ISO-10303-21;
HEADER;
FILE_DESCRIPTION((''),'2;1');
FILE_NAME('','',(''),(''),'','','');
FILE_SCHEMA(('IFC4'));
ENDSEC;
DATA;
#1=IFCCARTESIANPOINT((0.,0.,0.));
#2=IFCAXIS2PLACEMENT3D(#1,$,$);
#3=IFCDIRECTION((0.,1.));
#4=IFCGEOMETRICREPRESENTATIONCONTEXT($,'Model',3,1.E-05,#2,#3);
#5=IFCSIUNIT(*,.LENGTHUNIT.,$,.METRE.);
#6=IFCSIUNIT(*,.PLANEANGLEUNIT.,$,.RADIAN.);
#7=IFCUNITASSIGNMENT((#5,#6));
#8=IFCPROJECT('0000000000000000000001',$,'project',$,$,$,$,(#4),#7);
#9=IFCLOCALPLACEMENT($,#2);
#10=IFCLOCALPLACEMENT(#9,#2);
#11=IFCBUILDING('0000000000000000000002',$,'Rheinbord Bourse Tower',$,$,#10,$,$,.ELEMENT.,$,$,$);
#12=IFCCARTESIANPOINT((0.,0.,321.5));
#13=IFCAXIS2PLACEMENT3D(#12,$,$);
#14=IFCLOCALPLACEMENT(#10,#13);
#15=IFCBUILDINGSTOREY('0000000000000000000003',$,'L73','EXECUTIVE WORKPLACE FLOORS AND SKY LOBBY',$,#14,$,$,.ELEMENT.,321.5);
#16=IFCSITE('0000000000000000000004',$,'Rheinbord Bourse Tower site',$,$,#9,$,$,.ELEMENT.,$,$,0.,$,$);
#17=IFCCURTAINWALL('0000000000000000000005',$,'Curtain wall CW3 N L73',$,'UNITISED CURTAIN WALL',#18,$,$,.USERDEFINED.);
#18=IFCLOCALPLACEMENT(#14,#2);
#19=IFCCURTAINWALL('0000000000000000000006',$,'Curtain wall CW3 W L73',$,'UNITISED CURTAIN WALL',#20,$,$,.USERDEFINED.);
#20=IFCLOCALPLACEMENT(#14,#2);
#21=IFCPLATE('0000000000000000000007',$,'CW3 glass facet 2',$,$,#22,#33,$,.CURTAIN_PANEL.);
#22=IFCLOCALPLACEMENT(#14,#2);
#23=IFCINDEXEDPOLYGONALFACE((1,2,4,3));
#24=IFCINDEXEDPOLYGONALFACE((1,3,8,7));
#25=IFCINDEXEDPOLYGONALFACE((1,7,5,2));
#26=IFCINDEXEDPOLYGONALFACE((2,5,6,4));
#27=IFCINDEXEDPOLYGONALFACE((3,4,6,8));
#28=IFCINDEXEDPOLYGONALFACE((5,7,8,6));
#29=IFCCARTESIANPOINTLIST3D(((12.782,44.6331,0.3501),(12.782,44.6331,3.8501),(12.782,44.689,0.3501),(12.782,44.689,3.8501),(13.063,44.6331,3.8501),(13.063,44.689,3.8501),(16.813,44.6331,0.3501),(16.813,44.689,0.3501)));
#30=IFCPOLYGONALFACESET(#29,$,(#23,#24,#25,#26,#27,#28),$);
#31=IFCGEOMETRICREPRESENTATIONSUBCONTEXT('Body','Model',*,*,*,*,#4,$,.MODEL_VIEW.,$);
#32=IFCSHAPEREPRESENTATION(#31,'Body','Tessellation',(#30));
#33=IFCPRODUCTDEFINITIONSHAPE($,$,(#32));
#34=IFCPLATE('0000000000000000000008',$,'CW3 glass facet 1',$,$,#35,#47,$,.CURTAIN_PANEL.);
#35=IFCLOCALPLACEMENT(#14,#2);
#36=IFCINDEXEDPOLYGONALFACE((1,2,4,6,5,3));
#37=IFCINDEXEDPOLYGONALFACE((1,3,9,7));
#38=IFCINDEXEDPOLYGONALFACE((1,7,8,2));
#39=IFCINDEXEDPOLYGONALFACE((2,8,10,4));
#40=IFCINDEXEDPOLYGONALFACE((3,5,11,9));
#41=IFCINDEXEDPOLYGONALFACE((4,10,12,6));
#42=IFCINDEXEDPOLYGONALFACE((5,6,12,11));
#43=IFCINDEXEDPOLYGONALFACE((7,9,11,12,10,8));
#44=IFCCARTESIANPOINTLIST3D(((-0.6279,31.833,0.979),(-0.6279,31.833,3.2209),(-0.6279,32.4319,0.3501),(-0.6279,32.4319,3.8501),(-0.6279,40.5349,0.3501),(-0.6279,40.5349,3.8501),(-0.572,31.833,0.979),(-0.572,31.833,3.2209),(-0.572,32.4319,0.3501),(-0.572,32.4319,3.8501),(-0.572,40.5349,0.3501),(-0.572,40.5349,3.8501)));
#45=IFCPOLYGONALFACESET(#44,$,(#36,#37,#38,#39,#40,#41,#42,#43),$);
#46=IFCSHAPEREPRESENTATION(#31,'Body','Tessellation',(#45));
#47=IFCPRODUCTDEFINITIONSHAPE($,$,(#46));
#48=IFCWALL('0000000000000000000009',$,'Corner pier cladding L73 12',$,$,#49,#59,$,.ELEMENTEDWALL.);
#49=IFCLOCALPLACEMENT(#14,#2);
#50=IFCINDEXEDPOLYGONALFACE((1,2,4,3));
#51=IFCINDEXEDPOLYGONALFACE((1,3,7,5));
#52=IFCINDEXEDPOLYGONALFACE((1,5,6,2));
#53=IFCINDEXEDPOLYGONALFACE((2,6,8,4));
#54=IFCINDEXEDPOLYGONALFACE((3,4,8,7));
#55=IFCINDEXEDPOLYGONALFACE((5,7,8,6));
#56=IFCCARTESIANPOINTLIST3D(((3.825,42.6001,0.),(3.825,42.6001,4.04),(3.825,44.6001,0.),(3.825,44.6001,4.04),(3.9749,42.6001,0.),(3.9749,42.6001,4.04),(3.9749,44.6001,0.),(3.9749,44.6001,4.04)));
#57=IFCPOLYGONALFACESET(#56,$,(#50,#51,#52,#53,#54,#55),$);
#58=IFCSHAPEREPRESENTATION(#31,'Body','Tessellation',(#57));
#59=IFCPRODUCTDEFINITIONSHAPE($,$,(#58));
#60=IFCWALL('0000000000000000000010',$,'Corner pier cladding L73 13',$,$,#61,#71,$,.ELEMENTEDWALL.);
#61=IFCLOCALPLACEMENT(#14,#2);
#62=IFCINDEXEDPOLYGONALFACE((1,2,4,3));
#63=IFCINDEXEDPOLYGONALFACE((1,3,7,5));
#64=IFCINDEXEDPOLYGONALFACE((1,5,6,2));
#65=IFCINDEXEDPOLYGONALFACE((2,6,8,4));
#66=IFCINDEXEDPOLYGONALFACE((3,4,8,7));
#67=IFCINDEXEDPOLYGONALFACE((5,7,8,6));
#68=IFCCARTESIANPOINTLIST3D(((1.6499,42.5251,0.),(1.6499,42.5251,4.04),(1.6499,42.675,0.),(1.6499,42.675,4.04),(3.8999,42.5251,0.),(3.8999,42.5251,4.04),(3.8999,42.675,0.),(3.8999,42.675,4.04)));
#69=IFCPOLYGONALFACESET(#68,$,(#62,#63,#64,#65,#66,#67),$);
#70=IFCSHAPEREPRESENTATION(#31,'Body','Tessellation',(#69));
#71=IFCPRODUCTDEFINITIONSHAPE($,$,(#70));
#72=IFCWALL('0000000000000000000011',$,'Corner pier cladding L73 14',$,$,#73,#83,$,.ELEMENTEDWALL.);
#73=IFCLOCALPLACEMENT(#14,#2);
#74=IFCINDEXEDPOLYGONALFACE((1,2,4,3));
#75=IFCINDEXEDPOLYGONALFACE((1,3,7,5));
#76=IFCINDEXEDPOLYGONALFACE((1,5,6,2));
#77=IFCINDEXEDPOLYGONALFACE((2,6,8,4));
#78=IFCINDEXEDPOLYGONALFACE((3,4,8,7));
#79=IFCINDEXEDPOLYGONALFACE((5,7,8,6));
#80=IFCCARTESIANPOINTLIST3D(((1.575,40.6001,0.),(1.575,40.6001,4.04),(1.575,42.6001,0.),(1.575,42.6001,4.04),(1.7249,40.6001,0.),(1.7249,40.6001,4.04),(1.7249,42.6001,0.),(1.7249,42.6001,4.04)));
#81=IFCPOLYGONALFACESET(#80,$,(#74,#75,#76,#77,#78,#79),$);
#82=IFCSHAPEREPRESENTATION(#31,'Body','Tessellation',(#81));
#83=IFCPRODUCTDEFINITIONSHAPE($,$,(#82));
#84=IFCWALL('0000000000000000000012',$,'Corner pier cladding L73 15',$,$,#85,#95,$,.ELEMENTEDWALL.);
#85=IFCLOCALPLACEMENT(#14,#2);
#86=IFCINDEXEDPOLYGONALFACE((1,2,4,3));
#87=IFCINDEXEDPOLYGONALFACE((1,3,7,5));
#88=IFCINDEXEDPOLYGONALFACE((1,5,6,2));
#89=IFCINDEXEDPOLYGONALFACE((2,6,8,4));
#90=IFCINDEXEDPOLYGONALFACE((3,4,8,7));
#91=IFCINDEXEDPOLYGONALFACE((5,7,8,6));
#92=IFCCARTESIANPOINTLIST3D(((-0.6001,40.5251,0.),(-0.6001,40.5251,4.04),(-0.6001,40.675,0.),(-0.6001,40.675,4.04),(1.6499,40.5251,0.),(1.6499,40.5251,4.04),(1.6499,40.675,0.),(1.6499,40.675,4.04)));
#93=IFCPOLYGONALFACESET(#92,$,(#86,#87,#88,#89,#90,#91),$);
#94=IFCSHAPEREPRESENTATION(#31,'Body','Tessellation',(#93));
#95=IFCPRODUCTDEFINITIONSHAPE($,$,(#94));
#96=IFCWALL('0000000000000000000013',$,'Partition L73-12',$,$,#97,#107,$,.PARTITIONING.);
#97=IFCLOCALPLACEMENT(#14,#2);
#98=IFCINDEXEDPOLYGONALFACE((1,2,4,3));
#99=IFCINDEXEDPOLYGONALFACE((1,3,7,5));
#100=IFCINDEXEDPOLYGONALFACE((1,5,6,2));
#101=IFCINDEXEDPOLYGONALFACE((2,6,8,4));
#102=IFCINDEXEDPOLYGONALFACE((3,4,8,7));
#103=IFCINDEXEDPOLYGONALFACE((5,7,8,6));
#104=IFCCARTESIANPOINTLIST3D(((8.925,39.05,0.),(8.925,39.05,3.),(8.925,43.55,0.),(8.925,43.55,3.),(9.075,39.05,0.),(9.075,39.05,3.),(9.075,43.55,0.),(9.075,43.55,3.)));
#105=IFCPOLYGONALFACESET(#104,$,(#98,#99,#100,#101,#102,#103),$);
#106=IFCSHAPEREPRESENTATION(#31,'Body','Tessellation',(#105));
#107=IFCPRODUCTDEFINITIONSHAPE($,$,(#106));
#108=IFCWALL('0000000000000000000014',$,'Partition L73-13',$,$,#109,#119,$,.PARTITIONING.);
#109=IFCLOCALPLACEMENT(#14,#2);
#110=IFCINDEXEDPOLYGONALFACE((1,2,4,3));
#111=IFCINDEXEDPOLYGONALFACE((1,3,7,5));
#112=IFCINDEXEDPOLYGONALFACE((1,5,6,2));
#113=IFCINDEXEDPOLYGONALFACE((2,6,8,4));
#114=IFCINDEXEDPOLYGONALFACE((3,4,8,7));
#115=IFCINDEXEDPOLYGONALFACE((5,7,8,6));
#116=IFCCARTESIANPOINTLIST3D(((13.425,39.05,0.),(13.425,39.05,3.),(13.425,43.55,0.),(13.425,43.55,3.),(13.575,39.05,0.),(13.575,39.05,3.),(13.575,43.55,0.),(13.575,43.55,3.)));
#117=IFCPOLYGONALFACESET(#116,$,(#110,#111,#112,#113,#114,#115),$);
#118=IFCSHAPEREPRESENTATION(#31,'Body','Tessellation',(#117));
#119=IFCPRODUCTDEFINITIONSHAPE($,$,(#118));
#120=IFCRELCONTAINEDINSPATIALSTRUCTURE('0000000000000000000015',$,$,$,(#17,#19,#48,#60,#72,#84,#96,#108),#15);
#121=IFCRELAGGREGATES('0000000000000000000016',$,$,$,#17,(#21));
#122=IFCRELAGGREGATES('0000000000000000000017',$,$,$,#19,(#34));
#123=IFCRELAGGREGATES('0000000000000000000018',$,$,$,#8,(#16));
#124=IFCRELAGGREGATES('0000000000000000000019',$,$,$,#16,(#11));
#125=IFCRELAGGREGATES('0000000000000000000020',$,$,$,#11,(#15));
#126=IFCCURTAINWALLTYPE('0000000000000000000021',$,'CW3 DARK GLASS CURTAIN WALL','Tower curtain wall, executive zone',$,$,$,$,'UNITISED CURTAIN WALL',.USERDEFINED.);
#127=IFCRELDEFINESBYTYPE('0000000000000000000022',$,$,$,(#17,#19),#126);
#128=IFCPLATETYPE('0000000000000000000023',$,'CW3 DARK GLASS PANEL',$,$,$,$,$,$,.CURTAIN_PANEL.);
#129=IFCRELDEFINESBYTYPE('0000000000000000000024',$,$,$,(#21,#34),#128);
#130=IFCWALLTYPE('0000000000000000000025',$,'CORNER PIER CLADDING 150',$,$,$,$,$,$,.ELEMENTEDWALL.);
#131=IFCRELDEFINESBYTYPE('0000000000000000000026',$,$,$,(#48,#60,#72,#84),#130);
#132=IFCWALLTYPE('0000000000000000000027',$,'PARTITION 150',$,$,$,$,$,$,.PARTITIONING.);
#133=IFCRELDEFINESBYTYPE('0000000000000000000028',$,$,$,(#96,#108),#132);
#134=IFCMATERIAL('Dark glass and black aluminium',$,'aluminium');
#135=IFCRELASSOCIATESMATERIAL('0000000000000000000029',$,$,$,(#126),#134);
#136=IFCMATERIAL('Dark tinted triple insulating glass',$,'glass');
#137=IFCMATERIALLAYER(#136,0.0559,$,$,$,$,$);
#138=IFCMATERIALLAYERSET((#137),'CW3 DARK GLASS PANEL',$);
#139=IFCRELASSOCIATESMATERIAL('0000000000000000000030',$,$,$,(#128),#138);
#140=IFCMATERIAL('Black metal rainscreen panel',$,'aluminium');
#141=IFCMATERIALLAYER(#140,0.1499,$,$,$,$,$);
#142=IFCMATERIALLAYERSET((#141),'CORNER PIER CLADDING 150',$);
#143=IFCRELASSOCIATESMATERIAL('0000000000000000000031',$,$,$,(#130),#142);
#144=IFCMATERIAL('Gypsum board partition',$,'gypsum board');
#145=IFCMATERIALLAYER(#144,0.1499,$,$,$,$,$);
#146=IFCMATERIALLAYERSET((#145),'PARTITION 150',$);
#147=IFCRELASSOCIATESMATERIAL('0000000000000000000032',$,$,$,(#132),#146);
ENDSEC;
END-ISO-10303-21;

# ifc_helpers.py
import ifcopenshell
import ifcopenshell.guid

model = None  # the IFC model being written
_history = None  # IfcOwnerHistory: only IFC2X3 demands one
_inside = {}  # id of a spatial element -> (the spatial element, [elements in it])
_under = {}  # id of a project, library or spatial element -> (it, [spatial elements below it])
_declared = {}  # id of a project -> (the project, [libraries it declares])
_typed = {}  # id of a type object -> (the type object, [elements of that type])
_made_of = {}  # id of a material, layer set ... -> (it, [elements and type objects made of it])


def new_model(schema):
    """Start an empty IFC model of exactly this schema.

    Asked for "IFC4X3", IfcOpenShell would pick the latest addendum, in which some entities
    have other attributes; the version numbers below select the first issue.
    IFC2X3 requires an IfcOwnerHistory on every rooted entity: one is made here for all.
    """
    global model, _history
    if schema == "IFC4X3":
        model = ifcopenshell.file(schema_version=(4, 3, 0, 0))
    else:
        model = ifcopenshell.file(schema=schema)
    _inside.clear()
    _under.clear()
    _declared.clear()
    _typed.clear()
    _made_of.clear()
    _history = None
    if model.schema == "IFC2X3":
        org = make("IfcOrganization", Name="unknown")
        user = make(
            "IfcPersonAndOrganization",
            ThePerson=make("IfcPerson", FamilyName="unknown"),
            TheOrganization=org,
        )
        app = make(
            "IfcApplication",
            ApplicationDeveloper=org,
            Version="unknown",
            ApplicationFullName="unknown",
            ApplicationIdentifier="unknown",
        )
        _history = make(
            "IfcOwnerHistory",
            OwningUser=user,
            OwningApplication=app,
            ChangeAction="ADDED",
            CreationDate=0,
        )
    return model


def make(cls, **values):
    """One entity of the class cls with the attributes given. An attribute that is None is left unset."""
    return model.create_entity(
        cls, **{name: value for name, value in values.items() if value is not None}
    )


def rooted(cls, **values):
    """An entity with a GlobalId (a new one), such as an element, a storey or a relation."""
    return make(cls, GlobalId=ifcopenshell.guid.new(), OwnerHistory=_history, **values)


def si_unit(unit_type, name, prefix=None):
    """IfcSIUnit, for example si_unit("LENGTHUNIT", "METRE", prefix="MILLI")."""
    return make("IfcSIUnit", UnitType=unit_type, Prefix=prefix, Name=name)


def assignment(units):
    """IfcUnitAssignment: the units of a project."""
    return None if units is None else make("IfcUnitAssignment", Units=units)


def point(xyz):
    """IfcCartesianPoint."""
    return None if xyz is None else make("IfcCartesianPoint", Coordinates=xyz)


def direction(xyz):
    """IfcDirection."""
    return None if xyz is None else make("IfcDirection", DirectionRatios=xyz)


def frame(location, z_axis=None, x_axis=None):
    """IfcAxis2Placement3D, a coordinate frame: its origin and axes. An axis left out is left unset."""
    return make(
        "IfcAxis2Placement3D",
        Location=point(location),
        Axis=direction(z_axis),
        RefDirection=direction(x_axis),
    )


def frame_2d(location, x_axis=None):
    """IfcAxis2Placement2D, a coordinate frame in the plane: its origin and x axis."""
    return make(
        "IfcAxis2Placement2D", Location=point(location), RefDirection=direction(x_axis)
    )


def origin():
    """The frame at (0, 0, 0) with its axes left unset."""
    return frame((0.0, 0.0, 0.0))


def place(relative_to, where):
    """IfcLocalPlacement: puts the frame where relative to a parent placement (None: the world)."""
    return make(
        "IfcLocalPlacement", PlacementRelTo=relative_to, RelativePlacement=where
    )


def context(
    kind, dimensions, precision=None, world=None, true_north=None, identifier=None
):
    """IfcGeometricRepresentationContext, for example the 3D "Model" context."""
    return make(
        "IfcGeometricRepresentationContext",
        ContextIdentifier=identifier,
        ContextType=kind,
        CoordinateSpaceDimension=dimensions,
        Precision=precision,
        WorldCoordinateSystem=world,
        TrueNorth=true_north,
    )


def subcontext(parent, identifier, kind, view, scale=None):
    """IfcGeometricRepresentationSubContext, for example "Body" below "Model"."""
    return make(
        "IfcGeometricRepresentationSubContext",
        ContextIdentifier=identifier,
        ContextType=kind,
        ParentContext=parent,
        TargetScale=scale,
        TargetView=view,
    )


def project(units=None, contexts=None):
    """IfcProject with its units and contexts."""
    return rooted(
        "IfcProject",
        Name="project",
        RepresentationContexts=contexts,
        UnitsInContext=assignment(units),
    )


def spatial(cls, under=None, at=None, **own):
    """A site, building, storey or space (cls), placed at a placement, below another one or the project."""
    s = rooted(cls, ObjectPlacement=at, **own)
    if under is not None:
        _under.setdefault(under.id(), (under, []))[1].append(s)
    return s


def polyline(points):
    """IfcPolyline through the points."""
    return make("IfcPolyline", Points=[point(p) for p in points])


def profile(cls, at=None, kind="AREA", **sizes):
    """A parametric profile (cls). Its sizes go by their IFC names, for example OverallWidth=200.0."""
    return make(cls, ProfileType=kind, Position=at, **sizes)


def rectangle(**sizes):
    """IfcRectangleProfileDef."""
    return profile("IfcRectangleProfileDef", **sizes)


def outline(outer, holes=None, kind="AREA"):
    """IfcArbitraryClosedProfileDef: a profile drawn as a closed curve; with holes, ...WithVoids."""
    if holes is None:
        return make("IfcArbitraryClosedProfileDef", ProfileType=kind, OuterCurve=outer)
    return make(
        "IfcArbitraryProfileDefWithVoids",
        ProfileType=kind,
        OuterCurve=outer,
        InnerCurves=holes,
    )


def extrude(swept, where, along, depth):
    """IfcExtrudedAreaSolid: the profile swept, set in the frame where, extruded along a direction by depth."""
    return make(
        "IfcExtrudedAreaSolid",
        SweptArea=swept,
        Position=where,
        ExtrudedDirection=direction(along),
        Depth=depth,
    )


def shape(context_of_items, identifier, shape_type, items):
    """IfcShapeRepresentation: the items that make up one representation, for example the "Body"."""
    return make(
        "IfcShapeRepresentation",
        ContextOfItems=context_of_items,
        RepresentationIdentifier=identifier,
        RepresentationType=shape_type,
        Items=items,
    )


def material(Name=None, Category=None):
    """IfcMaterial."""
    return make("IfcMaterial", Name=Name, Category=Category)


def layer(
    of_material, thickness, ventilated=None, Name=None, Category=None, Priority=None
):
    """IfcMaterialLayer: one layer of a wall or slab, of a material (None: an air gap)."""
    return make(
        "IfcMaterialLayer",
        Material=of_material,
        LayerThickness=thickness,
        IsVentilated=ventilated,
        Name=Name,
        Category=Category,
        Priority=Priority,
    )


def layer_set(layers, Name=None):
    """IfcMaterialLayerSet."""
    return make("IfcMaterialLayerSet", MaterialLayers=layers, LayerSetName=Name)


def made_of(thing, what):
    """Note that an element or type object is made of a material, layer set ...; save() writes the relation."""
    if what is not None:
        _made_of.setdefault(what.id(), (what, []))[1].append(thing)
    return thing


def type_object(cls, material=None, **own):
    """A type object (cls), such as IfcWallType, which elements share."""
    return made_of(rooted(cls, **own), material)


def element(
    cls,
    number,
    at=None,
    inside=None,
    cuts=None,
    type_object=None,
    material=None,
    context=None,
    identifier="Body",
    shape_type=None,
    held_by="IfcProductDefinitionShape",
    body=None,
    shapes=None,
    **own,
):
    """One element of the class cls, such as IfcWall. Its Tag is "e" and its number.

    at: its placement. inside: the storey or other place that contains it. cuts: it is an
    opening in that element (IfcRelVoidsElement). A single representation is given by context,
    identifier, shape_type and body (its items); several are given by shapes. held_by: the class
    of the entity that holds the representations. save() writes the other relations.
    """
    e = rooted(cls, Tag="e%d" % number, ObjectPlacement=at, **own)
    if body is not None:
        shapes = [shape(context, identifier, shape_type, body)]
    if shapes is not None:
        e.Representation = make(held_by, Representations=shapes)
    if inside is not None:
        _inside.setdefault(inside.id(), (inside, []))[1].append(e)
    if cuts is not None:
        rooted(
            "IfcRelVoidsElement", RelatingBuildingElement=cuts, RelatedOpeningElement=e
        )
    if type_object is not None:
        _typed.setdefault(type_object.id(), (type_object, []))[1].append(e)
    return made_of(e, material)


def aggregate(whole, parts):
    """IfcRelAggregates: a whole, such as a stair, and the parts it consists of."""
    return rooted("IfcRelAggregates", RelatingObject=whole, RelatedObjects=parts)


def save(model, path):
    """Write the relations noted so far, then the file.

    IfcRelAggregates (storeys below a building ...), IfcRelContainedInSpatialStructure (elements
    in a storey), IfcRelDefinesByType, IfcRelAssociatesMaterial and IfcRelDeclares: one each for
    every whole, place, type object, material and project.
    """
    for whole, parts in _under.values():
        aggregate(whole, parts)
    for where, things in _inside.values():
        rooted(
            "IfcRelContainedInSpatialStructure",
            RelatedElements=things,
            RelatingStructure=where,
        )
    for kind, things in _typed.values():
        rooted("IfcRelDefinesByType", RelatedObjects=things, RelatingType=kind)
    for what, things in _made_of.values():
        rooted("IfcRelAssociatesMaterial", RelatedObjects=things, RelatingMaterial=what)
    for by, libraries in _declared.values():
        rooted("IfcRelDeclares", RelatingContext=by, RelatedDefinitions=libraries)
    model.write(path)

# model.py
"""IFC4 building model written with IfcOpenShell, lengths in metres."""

from ifc_helpers import new_model, si_unit, direction, frame, frame_2d, origin, place, context, subcontext, project, spatial, polyline, rectangle, outline, extrude, material, layer, layer_set, type_object, element, aggregate, save


model = new_model("IFC4")

# Units and contexts
model_context = context("Model", 3, precision=1e-05, world=origin(), true_north=direction((0.0, 1.0)))
body_context = subcontext(model_context, "Body", "Model", "MODEL_VIEW")
ifc_project = project(units=[si_unit("LENGTHUNIT", "METRE"), si_unit("PLANEANGLEUNIT", "RADIAN")], contexts=[model_context])

# Site, building, storey
site_placement = place(None, origin())
site = spatial("IfcSite", under=ifc_project, at=site_placement, Name="Rheinbord Bourse Tower site", CompositionType="ELEMENT", RefElevation=0.0)
building_placement = place(site_placement, origin())
building = spatial("IfcBuilding", under=site, at=building_placement, Name="Rheinbord Bourse Tower", CompositionType="ELEMENT")
storey_placement = place(building_placement, frame((0.0, 0.0, 321.5)))
storey = spatial("IfcBuildingStorey", under=building, at=storey_placement, Name="L73", Description="EXECUTIVE WORKPLACE FLOORS AND SKY LOBBY", CompositionType="ELEMENT", Elevation=321.5)

# Curtain wall
ifc_material_1 = material(Name="Dark glass and black aluminium", Category="aluminium")
curtain_wall_type = type_object("IfcCurtainWallType", Name="CW3 DARK GLASS CURTAIN WALL", Description="Tower curtain wall, executive zone", ElementType="UNITISED CURTAIN WALL", PredefinedType="USERDEFINED", material=ifc_material_1)
curtain_wall_1_placement = place(storey_placement, origin())
curtain_wall_1 = element("IfcCurtainWall", 1, at=curtain_wall_1_placement, inside=storey, type_object=curtain_wall_type, Name="Curtain wall CW3 N L73", ObjectType="UNITISED CURTAIN WALL", PredefinedType="USERDEFINED")

# Curtain wall
curtain_wall_2_placement = place(storey_placement, origin())
curtain_wall_2 = element("IfcCurtainWall", 2, at=curtain_wall_2_placement, inside=storey, type_object=curtain_wall_type, Name="Curtain wall CW3 W L73", ObjectType="UNITISED CURTAIN WALL", PredefinedType="USERDEFINED")

# Plates
ifc_material_2 = material(Name="Dark tinted triple insulating glass", Category="glass")
ifc_layer_1 = layer(ifc_material_2, 0.0559)
ifc_layer_set_1 = layer_set([ifc_layer_1], Name="CW3 DARK GLASS PANEL")
plate_type = type_object("IfcPlateType", Name="CW3 DARK GLASS PANEL", PredefinedType="CURTAIN_PANEL", material=ifc_layer_set_1)
plate_1_placement = place(storey_placement, frame((12.782, 44.689, 3.8501), z_axis=(0.0, -1.0, 0.0), x_axis=(0.0, 0.0, -1.0)))
plate_1 = element("IfcPlate", 3, at=plate_1_placement, type_object=plate_type, Name="CW3 glass facet 2", PredefinedType="CURTAIN_PANEL", context=body_context, shape_type="SweptSolid", body=[
    extrude(outline(polyline([(0.0, 0.0), (3.5, 0.0), (3.5, 4.031), (0.0, 0.281), (0.0, 0.0)])), origin(), (0.0, 0.0, 1.0), 0.0559),
])
aggregate(curtain_wall_1, [plate_1])
plate_2_placement = place(storey_placement, frame((-0.6279, 40.5349, 0.3501), z_axis=(1.0, 0.0, 0.0), x_axis=(0.0, 0.0, 1.0)))
plate_2 = element("IfcPlate", 4, at=plate_2_placement, type_object=plate_type, Name="CW3 glass facet 1", PredefinedType="CURTAIN_PANEL", context=body_context, shape_type="SweptSolid", body=[
    extrude(outline(polyline([(0.0, 0.0), (3.5, 0.0), (3.5, 8.103), (2.8708, 8.7019), (0.6289, 8.7019), (0.0, 8.103), (0.0, 0.0)])), origin(), (0.0, 0.0, 1.0), 0.0559),
])
aggregate(curtain_wall_2, [plate_2])

# Walls
ifc_material_3 = material(Name="Black metal rainscreen panel", Category="aluminium")
ifc_layer_2 = layer(ifc_material_3, 0.1499)
ifc_layer_set_2 = layer_set([ifc_layer_2], Name="CORNER PIER CLADDING 150")
wall_type_1 = type_object("IfcWallType", Name="CORNER PIER CLADDING 150", PredefinedType="ELEMENTEDWALL", material=ifc_layer_set_2)
wall_1_placement = place(storey_placement, frame((3.8999, 44.6001, 0.0), z_axis=(0.0, 0.0, 1.0), x_axis=(0.0, -1.0, 0.0)))
element("IfcWall", 5, at=wall_1_placement, inside=storey, type_object=wall_type_1, Name="Corner pier cladding L73 12", PredefinedType="ELEMENTEDWALL", context=body_context, shape_type="SweptSolid", body=[
    extrude(rectangle(XDim=2.0, YDim=0.1499, at=frame_2d((1.0, 0.0))), origin(), (0.0, 0.0, 1.0), 4.04),
])
wall_2_placement = place(storey_placement, frame((3.8999, 42.6001, 0.0), z_axis=(0.0, 0.0, 1.0), x_axis=(-1.0, 0.0, 0.0)))
element("IfcWall", 6, at=wall_2_placement, inside=storey, type_object=wall_type_1, Name="Corner pier cladding L73 13", PredefinedType="ELEMENTEDWALL", context=body_context, shape_type="SweptSolid", body=[
    extrude(rectangle(XDim=2.25, YDim=0.1499, at=frame_2d((1.125, 0.0))), origin(), (0.0, 0.0, 1.0), 4.04),
])
wall_3_placement = place(storey_placement, frame((1.6499, 42.6001, 0.0), z_axis=(0.0, 0.0, 1.0), x_axis=(0.0, -1.0, 0.0)))
element("IfcWall", 7, at=wall_3_placement, inside=storey, type_object=wall_type_1, Name="Corner pier cladding L73 14", PredefinedType="ELEMENTEDWALL", context=body_context, shape_type="SweptSolid", body=[
    extrude(rectangle(XDim=2.0, YDim=0.1499, at=frame_2d((1.0, 0.0))), origin(), (0.0, 0.0, 1.0), 4.04),
])
wall_4_placement = place(storey_placement, frame((1.6499, 40.6001, 0.0), z_axis=(0.0, 0.0, 1.0), x_axis=(-1.0, 0.0, 0.0)))
element("IfcWall", 8, at=wall_4_placement, inside=storey, type_object=wall_type_1, Name="Corner pier cladding L73 15", PredefinedType="ELEMENTEDWALL", context=body_context, shape_type="SweptSolid", body=[
    extrude(rectangle(XDim=2.25, YDim=0.1499, at=frame_2d((1.125, 0.0))), origin(), (0.0, 0.0, 1.0), 4.04),
])
ifc_material_4 = material(Name="Gypsum board partition", Category="gypsum board")
ifc_layer_3 = layer(ifc_material_4, 0.1499)
ifc_layer_set_3 = layer_set([ifc_layer_3], Name="PARTITION 150")
wall_type_2 = type_object("IfcWallType", Name="PARTITION 150", PredefinedType="PARTITIONING", material=ifc_layer_set_3)
for number, where, z_axis, x_axis, name in (
    (9, (9.0, 39.05, 0.0), (0.0, 0.0, 1.0), (0.0, 1.0, 0.0), "Partition L73-12"),
    (10, (13.5, 39.05, 0.0), (0.0, 0.0, 1.0), (0.0, 1.0, 0.0), "Partition L73-13"),
):
    element("IfcWall", number, at=place(storey_placement, frame(where, z_axis=z_axis, x_axis=x_axis)), inside=storey, type_object=wall_type_2, Name=name, PredefinedType="PARTITIONING", context=body_context, shape_type="SweptSolid", body=[
        extrude(rectangle(XDim=4.5, YDim=0.1499, at=frame_2d((2.25, 0.0))), origin(), (0.0, 0.0, 1.0), 3.0),
    ])

save(model, "model.ifc")
